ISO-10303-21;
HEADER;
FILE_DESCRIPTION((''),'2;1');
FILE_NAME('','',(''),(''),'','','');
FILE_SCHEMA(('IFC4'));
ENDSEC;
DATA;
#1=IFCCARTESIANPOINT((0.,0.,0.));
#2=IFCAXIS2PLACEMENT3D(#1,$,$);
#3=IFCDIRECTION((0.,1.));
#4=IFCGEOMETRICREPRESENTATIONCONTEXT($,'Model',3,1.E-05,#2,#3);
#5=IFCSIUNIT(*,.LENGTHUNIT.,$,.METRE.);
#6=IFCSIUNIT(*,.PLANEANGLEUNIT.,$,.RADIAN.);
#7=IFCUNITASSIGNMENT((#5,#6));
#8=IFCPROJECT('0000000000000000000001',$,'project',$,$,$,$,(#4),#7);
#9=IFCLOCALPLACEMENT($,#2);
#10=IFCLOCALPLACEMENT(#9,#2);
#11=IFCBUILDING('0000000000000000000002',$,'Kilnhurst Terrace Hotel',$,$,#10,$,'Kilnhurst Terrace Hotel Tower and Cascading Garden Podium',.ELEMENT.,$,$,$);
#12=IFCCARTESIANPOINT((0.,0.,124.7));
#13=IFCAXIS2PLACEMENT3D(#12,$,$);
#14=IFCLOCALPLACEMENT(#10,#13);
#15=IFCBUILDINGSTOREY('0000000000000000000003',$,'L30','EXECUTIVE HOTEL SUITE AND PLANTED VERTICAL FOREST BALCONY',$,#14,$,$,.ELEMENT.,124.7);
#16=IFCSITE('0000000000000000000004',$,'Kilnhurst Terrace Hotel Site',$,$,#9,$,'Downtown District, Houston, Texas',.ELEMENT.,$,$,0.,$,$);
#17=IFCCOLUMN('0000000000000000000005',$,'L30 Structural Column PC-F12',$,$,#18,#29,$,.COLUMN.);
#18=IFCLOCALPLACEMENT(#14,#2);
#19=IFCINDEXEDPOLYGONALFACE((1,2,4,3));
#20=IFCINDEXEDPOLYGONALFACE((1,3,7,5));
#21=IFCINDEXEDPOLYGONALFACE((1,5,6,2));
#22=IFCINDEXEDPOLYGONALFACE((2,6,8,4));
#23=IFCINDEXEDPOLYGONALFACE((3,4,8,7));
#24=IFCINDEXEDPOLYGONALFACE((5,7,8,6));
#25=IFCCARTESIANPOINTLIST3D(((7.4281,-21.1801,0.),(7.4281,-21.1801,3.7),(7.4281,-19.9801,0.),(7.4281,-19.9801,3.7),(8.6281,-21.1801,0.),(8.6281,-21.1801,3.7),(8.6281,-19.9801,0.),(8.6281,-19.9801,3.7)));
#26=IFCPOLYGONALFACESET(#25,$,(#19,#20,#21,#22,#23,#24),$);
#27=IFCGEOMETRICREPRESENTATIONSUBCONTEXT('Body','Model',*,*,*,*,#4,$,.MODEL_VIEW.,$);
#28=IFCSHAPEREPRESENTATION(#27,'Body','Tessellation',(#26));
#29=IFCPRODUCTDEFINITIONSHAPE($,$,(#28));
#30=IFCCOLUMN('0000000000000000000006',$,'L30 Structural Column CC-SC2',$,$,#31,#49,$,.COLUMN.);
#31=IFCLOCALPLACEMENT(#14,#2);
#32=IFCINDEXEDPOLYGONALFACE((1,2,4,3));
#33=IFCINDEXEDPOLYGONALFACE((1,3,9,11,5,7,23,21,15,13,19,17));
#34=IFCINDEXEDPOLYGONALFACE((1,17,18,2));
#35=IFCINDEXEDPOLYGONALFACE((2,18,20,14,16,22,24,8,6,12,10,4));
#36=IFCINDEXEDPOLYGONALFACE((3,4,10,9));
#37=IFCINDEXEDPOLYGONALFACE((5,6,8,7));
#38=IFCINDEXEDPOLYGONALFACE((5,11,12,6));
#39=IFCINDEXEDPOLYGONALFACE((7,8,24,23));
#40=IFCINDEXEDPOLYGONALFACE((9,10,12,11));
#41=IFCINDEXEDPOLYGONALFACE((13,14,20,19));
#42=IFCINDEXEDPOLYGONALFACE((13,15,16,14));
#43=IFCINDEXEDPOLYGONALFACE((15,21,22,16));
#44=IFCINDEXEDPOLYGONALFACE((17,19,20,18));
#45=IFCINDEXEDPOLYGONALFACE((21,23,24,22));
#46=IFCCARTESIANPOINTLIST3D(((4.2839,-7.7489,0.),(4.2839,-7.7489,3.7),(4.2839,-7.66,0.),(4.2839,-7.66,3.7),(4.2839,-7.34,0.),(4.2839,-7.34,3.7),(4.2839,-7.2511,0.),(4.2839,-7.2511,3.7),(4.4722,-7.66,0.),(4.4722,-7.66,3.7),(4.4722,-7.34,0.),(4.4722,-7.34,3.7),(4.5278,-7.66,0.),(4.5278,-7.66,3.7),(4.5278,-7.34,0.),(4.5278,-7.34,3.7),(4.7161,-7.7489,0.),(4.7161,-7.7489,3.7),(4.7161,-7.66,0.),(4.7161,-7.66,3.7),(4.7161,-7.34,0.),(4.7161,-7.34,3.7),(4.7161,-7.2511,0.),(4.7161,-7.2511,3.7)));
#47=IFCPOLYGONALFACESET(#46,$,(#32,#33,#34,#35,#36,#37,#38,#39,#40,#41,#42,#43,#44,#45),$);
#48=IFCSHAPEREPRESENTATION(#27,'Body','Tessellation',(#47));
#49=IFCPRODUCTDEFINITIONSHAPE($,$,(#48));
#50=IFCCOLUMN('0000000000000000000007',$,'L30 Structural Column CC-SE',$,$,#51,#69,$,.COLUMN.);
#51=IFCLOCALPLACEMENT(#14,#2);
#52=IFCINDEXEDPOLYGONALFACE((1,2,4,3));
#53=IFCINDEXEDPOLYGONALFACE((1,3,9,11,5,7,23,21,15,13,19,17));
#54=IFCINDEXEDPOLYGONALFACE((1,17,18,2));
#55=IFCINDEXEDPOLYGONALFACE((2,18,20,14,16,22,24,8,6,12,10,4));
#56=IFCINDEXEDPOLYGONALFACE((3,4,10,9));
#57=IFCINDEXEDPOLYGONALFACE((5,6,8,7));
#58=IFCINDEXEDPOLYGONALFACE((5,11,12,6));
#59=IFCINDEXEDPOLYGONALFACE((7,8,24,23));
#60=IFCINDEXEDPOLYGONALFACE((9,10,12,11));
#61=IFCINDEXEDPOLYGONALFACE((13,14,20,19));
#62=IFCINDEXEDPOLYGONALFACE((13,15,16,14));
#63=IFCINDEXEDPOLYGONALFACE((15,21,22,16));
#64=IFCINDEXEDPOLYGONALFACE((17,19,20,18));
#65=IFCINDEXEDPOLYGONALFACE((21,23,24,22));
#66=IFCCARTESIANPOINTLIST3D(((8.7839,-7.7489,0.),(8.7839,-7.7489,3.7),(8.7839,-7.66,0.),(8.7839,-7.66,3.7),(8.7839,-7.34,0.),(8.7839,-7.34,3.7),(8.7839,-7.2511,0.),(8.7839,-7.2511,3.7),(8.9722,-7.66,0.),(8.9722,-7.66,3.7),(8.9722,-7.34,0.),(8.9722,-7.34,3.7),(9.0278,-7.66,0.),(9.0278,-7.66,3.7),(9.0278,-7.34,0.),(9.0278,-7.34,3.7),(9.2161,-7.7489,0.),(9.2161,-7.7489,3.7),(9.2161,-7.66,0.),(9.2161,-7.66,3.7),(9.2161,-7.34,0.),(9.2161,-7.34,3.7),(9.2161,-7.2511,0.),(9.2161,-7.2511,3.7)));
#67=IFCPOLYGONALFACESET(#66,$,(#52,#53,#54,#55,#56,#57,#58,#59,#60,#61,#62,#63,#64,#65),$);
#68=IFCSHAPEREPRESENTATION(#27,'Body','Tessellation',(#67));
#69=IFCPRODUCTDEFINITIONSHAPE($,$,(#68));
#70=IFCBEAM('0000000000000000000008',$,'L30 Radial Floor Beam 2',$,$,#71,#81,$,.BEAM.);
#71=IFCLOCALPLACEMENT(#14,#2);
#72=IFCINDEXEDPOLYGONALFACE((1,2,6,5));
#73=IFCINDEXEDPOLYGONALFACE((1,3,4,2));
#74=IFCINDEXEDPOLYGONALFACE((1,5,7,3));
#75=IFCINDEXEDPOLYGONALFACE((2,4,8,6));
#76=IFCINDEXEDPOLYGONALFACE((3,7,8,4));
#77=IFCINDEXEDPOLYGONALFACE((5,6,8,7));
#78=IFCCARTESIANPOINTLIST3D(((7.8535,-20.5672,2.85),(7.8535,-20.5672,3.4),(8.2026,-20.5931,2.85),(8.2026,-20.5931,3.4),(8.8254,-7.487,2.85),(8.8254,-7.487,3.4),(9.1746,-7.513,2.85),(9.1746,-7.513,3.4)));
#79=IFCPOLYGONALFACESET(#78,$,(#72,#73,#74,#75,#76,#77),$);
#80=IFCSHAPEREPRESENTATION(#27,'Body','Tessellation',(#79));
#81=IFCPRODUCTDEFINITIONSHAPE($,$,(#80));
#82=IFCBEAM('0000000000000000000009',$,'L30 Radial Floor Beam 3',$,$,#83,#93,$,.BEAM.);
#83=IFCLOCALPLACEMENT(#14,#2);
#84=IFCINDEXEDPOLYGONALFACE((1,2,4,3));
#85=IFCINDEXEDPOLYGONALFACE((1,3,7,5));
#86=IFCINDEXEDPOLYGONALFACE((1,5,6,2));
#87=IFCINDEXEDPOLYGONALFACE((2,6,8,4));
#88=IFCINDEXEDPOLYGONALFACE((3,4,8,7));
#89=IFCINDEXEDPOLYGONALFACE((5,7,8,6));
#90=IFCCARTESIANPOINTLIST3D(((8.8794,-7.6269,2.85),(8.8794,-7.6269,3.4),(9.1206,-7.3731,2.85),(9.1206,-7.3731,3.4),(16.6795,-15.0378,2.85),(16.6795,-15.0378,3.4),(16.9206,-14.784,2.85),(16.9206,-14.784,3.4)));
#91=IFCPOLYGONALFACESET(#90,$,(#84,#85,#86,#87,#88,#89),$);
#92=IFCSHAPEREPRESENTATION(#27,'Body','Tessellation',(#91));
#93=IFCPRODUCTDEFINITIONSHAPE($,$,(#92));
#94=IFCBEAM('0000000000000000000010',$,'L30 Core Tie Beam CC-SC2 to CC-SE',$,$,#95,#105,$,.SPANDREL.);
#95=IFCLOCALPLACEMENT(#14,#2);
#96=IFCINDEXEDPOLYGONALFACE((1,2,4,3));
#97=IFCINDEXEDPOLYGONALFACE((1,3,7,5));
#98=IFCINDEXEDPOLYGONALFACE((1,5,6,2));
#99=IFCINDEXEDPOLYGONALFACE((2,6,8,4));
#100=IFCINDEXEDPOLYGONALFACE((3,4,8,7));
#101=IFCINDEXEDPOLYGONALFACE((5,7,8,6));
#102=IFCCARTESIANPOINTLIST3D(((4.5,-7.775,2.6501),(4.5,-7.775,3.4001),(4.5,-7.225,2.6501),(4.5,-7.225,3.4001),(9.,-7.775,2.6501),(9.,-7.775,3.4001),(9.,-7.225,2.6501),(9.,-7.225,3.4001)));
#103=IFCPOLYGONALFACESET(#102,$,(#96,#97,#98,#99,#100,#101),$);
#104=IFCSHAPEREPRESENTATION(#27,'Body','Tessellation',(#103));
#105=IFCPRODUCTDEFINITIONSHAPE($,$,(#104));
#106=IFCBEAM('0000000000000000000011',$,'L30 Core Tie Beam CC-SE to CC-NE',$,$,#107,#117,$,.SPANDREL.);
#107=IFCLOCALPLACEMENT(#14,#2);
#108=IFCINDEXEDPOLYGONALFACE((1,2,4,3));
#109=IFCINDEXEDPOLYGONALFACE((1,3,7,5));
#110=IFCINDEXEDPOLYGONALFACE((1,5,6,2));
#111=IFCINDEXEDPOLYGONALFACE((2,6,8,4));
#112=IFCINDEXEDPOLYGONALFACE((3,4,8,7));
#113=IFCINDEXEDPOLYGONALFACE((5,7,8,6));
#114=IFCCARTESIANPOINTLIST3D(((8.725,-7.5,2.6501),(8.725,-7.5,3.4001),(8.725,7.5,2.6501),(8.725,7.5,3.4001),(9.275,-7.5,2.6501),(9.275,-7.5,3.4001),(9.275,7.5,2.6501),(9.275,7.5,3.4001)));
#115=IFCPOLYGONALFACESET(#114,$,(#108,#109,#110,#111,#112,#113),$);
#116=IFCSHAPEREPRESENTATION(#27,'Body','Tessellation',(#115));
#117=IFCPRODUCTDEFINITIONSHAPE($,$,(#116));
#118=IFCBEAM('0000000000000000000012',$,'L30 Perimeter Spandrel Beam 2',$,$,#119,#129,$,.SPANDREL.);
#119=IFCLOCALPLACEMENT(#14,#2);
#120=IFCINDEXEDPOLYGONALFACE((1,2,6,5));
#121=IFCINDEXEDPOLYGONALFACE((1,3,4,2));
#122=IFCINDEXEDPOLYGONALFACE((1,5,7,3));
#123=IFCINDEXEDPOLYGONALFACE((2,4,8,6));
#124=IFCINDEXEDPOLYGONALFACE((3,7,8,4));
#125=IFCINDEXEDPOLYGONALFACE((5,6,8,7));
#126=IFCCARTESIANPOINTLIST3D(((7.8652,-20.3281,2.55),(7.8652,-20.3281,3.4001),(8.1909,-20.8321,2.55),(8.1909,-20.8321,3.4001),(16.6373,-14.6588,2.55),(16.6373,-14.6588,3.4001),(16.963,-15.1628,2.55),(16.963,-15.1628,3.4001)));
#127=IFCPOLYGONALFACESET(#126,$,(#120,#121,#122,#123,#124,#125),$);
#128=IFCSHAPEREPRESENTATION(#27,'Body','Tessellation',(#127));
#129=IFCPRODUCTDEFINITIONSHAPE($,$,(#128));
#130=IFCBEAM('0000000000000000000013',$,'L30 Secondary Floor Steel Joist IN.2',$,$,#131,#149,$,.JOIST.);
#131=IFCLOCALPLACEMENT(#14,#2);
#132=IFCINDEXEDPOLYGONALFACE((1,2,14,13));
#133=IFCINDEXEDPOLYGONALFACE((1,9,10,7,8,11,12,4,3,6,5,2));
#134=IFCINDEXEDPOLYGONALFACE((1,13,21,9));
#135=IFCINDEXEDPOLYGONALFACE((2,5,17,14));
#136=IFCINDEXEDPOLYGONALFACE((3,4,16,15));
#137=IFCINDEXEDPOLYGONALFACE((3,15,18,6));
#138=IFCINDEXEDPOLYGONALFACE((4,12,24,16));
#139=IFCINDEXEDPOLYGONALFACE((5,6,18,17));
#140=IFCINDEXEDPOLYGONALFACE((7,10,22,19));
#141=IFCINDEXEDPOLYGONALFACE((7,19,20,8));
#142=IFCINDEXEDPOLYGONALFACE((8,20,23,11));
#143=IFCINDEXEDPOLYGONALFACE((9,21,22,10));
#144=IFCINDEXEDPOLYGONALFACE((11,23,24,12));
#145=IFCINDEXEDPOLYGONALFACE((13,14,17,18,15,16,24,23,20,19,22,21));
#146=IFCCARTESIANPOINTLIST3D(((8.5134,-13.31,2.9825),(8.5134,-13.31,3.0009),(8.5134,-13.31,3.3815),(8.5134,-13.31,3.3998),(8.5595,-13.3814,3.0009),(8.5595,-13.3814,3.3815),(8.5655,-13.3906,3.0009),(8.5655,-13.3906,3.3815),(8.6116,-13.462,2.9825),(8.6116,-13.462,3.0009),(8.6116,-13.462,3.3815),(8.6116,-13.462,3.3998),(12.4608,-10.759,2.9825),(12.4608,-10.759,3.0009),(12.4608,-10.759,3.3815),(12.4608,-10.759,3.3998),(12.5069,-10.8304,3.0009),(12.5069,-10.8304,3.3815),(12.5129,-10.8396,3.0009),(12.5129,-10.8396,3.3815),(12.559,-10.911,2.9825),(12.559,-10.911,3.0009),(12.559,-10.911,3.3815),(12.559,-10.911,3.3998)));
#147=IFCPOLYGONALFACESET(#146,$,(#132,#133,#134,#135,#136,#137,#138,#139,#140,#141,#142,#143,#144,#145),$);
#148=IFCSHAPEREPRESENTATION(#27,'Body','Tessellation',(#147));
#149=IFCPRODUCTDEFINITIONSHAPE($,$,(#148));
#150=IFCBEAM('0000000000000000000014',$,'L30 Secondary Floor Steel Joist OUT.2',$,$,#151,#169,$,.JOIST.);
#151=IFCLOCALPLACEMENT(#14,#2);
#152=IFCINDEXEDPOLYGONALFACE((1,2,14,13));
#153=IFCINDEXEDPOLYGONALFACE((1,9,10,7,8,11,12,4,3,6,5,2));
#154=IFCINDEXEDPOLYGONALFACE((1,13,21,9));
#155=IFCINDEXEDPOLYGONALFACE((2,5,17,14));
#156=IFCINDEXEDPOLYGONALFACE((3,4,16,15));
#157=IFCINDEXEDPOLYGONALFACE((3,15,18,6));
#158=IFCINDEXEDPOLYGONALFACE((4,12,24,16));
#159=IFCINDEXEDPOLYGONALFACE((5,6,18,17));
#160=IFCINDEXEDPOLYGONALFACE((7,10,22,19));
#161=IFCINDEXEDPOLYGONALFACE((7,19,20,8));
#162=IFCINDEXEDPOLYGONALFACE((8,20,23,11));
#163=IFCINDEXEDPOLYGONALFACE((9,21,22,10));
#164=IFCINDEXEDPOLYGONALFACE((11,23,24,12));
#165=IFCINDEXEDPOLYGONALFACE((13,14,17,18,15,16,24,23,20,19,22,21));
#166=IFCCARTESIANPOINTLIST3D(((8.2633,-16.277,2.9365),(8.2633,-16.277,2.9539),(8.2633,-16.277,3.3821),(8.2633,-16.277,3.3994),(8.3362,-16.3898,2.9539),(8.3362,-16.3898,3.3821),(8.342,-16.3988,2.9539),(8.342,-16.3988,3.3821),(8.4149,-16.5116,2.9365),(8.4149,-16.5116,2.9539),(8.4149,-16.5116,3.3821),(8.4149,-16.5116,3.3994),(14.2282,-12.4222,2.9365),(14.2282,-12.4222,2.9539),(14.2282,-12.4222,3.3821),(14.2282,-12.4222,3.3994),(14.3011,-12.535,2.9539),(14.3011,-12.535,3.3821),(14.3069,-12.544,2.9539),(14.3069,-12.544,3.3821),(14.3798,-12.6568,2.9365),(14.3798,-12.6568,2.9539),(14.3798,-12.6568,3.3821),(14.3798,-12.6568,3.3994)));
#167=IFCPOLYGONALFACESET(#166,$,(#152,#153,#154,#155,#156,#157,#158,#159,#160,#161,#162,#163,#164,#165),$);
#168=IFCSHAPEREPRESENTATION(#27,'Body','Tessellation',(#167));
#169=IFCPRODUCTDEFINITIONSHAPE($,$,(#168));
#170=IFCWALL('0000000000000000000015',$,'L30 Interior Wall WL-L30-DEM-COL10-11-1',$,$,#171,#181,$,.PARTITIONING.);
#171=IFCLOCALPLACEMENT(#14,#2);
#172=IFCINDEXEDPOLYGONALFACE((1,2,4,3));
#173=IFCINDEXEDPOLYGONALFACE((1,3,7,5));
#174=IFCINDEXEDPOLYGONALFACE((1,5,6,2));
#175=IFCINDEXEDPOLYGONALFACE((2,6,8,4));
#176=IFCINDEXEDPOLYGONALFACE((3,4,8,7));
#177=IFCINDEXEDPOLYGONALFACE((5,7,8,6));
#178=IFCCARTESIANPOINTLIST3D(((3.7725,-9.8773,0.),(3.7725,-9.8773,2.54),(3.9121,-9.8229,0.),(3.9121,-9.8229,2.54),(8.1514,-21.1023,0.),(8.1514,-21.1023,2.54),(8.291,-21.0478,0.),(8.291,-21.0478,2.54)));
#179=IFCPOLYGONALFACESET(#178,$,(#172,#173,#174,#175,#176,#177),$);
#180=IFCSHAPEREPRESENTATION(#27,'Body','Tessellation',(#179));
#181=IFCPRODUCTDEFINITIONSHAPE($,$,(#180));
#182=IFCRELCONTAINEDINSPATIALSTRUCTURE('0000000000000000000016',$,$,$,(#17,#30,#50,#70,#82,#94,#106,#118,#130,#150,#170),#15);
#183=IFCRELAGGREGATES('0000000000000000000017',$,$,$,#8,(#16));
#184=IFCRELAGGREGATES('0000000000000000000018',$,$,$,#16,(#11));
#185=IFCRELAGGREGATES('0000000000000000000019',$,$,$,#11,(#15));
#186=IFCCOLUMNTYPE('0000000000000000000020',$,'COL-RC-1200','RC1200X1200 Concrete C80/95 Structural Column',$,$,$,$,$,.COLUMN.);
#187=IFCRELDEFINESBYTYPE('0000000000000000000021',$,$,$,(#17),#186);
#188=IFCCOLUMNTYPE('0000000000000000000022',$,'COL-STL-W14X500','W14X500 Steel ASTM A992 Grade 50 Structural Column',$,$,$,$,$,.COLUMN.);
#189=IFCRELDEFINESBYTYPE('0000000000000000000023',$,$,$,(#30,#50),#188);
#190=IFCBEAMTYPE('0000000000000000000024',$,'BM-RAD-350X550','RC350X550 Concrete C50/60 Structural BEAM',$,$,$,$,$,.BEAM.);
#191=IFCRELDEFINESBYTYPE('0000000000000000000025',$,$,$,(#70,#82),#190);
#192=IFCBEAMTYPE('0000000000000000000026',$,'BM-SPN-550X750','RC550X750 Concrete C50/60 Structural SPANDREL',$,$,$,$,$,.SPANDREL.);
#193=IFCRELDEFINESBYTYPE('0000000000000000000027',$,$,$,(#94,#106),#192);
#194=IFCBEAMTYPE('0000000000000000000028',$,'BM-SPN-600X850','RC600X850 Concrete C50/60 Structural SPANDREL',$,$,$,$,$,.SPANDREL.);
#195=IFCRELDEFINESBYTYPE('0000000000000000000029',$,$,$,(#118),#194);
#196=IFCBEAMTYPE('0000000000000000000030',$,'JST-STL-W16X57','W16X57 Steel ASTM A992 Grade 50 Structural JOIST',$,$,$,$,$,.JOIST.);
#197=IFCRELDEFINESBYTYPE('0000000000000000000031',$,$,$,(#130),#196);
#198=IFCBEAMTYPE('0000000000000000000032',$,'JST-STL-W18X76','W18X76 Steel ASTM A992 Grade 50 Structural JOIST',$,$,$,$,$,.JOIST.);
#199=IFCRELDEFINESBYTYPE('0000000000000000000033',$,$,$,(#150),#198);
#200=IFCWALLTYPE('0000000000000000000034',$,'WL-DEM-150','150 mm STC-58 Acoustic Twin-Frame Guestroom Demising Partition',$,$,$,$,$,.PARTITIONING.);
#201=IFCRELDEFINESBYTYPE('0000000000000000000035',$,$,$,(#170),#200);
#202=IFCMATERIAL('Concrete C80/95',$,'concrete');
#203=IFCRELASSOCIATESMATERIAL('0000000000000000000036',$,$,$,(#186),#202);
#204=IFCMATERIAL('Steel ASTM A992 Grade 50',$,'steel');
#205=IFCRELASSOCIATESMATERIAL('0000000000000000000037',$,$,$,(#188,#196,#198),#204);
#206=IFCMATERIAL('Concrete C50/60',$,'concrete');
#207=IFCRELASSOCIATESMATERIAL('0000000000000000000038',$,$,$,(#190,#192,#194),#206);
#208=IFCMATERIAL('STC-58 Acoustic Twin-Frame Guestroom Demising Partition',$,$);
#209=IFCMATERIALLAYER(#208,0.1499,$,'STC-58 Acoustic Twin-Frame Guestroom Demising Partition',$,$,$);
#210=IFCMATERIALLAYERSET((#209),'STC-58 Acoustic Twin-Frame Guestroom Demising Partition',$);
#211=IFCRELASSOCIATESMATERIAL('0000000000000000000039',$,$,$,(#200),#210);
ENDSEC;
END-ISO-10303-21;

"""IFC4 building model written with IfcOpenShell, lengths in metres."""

from ifc_helpers import new_model, si_unit, direction, frame, frame_2d, origin, origin_2d, place, context, subcontext, project, spatial, rectangle, i_section, extrude, material, layer, layer_set, material_profile, profile_set, type_object, element, save


model = new_model("IFC4")

# Units and contexts
model_context = context("Model", 3, precision=1e-05, world=origin(), true_north=direction((0.0, 1.0)))
body_context = subcontext(model_context, "Body", "Model", "MODEL_VIEW")
ifc_project = project(units=[si_unit("LENGTHUNIT", "METRE"), si_unit("PLANEANGLEUNIT", "RADIAN")], contexts=[model_context])

# Site, building, storey
site_placement = place(None, origin())
site = spatial("IfcSite", under=ifc_project, at=site_placement, Name="Kilnhurst Terrace Hotel Site", LongName="Downtown District, Houston, Texas", CompositionType="ELEMENT", RefElevation=0.0)
building_placement = place(site_placement, origin())
building = spatial("IfcBuilding", under=site, at=building_placement, Name="Kilnhurst Terrace Hotel", LongName="Kilnhurst Terrace Hotel Tower and Cascading Garden Podium", CompositionType="ELEMENT")
storey_placement = place(building_placement, frame((0.0, 0.0, 124.7)))
storey = spatial("IfcBuildingStorey", under=building, at=storey_placement, Name="L30", Description="EXECUTIVE HOTEL SUITE AND PLANTED VERTICAL FOREST BALCONY", CompositionType="ELEMENT", Elevation=124.7)

# Columns
ifc_material_1 = material(Name="Concrete C80/95", Category="concrete")
ifc_material_profile_1 = material_profile(ifc_material_1, rectangle(XDim=1.2, YDim=1.2, at=origin_2d()), Name="RC1200X1200")
ifc_profile_set_1 = profile_set([ifc_material_profile_1], Name="Concrete C80/95")
column_type_1 = type_object("IfcColumnType", Name="COL-RC-1200", Description="RC1200X1200 Concrete C80/95 Structural Column", PredefinedType="COLUMN", material=ifc_profile_set_1)
column_placement = place(storey_placement, frame((8.0281, -20.5801, 0.0), z_axis=(0.0, 0.0, 1.0), x_axis=(1.0, 0.0, 0.0)))
element("IfcColumn", 1, at=column_placement, inside=storey, type_object=column_type_1, Name="L30 Structural Column PC-F12", PredefinedType="COLUMN", context=body_context, shape_type="SweptSolid", body=[
    extrude(rectangle(XDim=1.2, YDim=1.2, at=origin_2d()), origin(), (0.0, 0.0, 1.0), 3.7),
])
ifc_material_2 = material(Name="Steel ASTM A992 Grade 50", Category="steel")
ifc_material_profile_2 = material_profile(ifc_material_2, i_section(OverallWidth=0.4321, OverallDepth=0.4978, WebThickness=0.0557, FlangeThickness=0.0889, at=origin_2d()), Name="W14X500")
ifc_profile_set_2 = profile_set([ifc_material_profile_2], Name="Steel ASTM A992 Grade 50")
column_type_2 = type_object("IfcColumnType", Name="COL-STL-W14X500", Description="W14X500 Steel ASTM A992 Grade 50 Structural Column", PredefinedType="COLUMN", material=ifc_profile_set_2)
for number, where, z_axis, x_axis, name in (
    (2, (4.5, -7.5, 0.0), (0.0, 0.0, 1.0), (1.0, 0.0, 0.0), "L30 Structural Column CC-SC2"),
    (3, (9.0, -7.5, 0.0), (0.0, 0.0, 1.0), (1.0, 0.0, 0.0), "L30 Structural Column CC-SE"),
):
    element("IfcColumn", number, at=place(storey_placement, frame(where, z_axis=z_axis, x_axis=x_axis)), inside=storey, type_object=column_type_2, Name=name, PredefinedType="COLUMN", context=body_context, shape_type="SweptSolid", body=[
        extrude(i_section(OverallWidth=0.4321, OverallDepth=0.4978, WebThickness=0.0557, FlangeThickness=0.0889, at=origin_2d()), origin(), (0.0, 0.0, 1.0), 3.7),
    ])

# Beams
ifc_material_3 = material(Name="Concrete C50/60", Category="concrete")
ifc_material_profile_3 = material_profile(ifc_material_3, rectangle(XDim=0.3501, YDim=0.55, at=origin_2d()), Name="RC350X550")
ifc_profile_set_3 = profile_set([ifc_material_profile_3], Name="Concrete C50/60")
beam_type_1 = type_object("IfcBeamType", Name="BM-RAD-350X550", Description="RC350X550 Concrete C50/60 Structural BEAM", PredefinedType="BEAM", material=ifc_profile_set_3)
beam_1_placement = place(storey_placement, frame((9.0, -7.5, 3.125), z_axis=(-0.074101, -0.997251, 0.0), x_axis=(0.997251, -0.074101, 0.0)))
element("IfcBeam", 4, at=beam_1_placement, inside=storey, type_object=beam_type_1, Name="L30 Radial Floor Beam 2", PredefinedType="BEAM", context=body_context, shape_type="SweptSolid", body=[
    extrude(rectangle(XDim=0.3501, YDim=0.55, at=origin_2d()), origin(), (0.0, 0.0, 1.0), 13.1162),
])
beam_2_placement = place(storey_placement, frame((9.0, -7.5, 3.125), z_axis=(0.72496, -0.688791, 0.0), x_axis=(0.688791, 0.72496, 0.0)))
element("IfcBeam", 5, at=beam_2_placement, inside=storey, type_object=beam_type_1, Name="L30 Radial Floor Beam 3", PredefinedType="BEAM", context=body_context, shape_type="SweptSolid", body=[
    extrude(rectangle(XDim=0.3501, YDim=0.55, at=origin_2d()), origin(), (0.0, 0.0, 1.0), 10.7593),
])
ifc_material_profile_4 = material_profile(ifc_material_3, rectangle(XDim=0.55, YDim=0.75, at=origin_2d()), Name="RC550X750")
ifc_profile_set_4 = profile_set([ifc_material_profile_4], Name="Concrete C50/60")
beam_type_2 = type_object("IfcBeamType", Name="BM-SPN-550X750", Description="RC550X750 Concrete C50/60 Structural SPANDREL", PredefinedType="SPANDREL", material=ifc_profile_set_4)
beam_3_placement = place(storey_placement, frame((4.5, -7.5, 3.0251), z_axis=(1.0, 0.0, 0.0), x_axis=(0.0, 1.0, 0.0)))
element("IfcBeam", 6, at=beam_3_placement, inside=storey, type_object=beam_type_2, Name="L30 Core Tie Beam CC-SC2 to CC-SE", PredefinedType="SPANDREL", context=body_context, shape_type="SweptSolid", body=[
    extrude(rectangle(XDim=0.55, YDim=0.75, at=origin_2d()), origin(), (0.0, 0.0, 1.0), 4.5),
])
beam_4_placement = place(storey_placement, frame((9.0, -7.5, 3.0251), z_axis=(0.0, 1.0, 0.0), x_axis=(-1.0, 0.0, 0.0)))
element("IfcBeam", 7, at=beam_4_placement, inside=storey, type_object=beam_type_2, Name="L30 Core Tie Beam CC-SE to CC-NE", PredefinedType="SPANDREL", context=body_context, shape_type="SweptSolid", body=[
    extrude(rectangle(XDim=0.55, YDim=0.75, at=origin_2d()), origin(), (0.0, 0.0, 1.0), 15.0),
])
ifc_material_profile_5 = material_profile(ifc_material_3, rectangle(XDim=0.6001, YDim=0.8501, at=origin_2d()), Name="RC600X850")
ifc_profile_set_5 = profile_set([ifc_material_profile_5], Name="Concrete C50/60")
beam_type_3 = type_object("IfcBeamType", Name="BM-SPN-600X850", Description="RC600X850 Concrete C50/60 Structural SPANDREL", PredefinedType="SPANDREL", material=ifc_profile_set_5)
beam_5_placement = place(storey_placement, frame((8.0281, -20.5801, 2.9751), z_axis=(0.839867, 0.542793, 0.0), x_axis=(-0.542793, 0.839867, 0.0)))
element("IfcBeam", 8, at=beam_5_placement, inside=storey, type_object=beam_type_3, Name="L30 Perimeter Spandrel Beam 2", PredefinedType="SPANDREL", context=body_context, shape_type="SweptSolid", body=[
    extrude(rectangle(XDim=0.6001, YDim=0.8501, at=origin_2d()), origin(), (0.0, 0.0, 1.0), 10.4446),
])
ifc_material_profile_6 = material_profile(ifc_material_2, i_section(OverallWidth=0.1809, OverallDepth=0.4172, WebThickness=0.011, FlangeThickness=0.0183, at=origin_2d()), Name="W16X57")
ifc_profile_set_6 = profile_set([ifc_material_profile_6], Name="Steel ASTM A992 Grade 50")
beam_type_4 = type_object("IfcBeamType", Name="JST-STL-W16X57", Description="W16X57 Steel ASTM A992 Grade 50 Structural JOIST", PredefinedType="JOIST", material=ifc_profile_set_6)
beam_6_placement = place(storey_placement, frame((8.5625, -13.386, 3.1912), z_axis=(0.839885, 0.542764, 0.0), x_axis=(-0.542764, 0.839885, 0.0)))
element("IfcBeam", 9, at=beam_6_placement, inside=storey, type_object=beam_type_4, Name="L30 Secondary Floor Steel Joist IN.2", PredefinedType="JOIST", context=body_context, shape_type="SweptSolid", body=[
    extrude(i_section(OverallWidth=0.1809, OverallDepth=0.4172, WebThickness=0.011, FlangeThickness=0.0183, at=origin_2d()), origin(), (0.0, 0.0, 1.0), 4.7),
])
ifc_material_profile_7 = material_profile(ifc_material_2, i_section(OverallWidth=0.2793, OverallDepth=0.4629, WebThickness=0.0107, FlangeThickness=0.0173, at=origin_2d()), Name="W18X76")
ifc_profile_set_7 = profile_set([ifc_material_profile_7], Name="Steel ASTM A992 Grade 50")
beam_type_5 = type_object("IfcBeamType", Name="JST-STL-W18X76", Description="W18X76 Steel ASTM A992 Grade 50 Structural JOIST", PredefinedType="JOIST", material=ifc_profile_set_7)
beam_7_placement = place(storey_placement, frame((8.3391, -16.3943, 3.168), z_axis=(0.839883, 0.542768, 0.0), x_axis=(-0.542768, 0.839883, 0.0)))
element("IfcBeam", 10, at=beam_7_placement, inside=storey, type_object=beam_type_5, Name="L30 Secondary Floor Steel Joist OUT.2", PredefinedType="JOIST", context=body_context, shape_type="SweptSolid", body=[
    extrude(i_section(OverallWidth=0.2793, OverallDepth=0.4629, WebThickness=0.0107, FlangeThickness=0.0173, at=origin_2d()), origin(), (0.0, 0.0, 1.0), 7.1021),
])

# Wall
ifc_material_4 = material(Name="STC-58 Acoustic Twin-Frame Guestroom Demising Partition")
ifc_layer_1 = layer(ifc_material_4, 0.1499, Name="STC-58 Acoustic Twin-Frame Guestroom Demising Partition")
ifc_layer_set_1 = layer_set([ifc_layer_1], Name="STC-58 Acoustic Twin-Frame Guestroom Demising Partition")
wall_type_1 = type_object("IfcWallType", Name="WL-DEM-150", Description="150 mm STC-58 Acoustic Twin-Frame Guestroom Demising Partition", PredefinedType="PARTITIONING", material=ifc_layer_set_1)
wall_1_placement = place(storey_placement, frame((3.8423, -9.8501, 0.0), z_axis=(0.0, 0.0, 1.0), x_axis=(0.363433, -0.93162, 0.0)))
element("IfcWall", 11, at=wall_1_placement, inside=storey, type_object=wall_type_1, Name="L30 Interior Wall WL-L30-DEM-COL10-11-1", PredefinedType="PARTITIONING", context=body_context, shape_type="SweptSolid", body=[
    extrude(rectangle(XDim=12.0488, YDim=0.1499, at=frame_2d((6.0244, 0.0))), origin(), (0.0, 0.0, 1.0), 2.54),
])

save(model, "model.ifc")
